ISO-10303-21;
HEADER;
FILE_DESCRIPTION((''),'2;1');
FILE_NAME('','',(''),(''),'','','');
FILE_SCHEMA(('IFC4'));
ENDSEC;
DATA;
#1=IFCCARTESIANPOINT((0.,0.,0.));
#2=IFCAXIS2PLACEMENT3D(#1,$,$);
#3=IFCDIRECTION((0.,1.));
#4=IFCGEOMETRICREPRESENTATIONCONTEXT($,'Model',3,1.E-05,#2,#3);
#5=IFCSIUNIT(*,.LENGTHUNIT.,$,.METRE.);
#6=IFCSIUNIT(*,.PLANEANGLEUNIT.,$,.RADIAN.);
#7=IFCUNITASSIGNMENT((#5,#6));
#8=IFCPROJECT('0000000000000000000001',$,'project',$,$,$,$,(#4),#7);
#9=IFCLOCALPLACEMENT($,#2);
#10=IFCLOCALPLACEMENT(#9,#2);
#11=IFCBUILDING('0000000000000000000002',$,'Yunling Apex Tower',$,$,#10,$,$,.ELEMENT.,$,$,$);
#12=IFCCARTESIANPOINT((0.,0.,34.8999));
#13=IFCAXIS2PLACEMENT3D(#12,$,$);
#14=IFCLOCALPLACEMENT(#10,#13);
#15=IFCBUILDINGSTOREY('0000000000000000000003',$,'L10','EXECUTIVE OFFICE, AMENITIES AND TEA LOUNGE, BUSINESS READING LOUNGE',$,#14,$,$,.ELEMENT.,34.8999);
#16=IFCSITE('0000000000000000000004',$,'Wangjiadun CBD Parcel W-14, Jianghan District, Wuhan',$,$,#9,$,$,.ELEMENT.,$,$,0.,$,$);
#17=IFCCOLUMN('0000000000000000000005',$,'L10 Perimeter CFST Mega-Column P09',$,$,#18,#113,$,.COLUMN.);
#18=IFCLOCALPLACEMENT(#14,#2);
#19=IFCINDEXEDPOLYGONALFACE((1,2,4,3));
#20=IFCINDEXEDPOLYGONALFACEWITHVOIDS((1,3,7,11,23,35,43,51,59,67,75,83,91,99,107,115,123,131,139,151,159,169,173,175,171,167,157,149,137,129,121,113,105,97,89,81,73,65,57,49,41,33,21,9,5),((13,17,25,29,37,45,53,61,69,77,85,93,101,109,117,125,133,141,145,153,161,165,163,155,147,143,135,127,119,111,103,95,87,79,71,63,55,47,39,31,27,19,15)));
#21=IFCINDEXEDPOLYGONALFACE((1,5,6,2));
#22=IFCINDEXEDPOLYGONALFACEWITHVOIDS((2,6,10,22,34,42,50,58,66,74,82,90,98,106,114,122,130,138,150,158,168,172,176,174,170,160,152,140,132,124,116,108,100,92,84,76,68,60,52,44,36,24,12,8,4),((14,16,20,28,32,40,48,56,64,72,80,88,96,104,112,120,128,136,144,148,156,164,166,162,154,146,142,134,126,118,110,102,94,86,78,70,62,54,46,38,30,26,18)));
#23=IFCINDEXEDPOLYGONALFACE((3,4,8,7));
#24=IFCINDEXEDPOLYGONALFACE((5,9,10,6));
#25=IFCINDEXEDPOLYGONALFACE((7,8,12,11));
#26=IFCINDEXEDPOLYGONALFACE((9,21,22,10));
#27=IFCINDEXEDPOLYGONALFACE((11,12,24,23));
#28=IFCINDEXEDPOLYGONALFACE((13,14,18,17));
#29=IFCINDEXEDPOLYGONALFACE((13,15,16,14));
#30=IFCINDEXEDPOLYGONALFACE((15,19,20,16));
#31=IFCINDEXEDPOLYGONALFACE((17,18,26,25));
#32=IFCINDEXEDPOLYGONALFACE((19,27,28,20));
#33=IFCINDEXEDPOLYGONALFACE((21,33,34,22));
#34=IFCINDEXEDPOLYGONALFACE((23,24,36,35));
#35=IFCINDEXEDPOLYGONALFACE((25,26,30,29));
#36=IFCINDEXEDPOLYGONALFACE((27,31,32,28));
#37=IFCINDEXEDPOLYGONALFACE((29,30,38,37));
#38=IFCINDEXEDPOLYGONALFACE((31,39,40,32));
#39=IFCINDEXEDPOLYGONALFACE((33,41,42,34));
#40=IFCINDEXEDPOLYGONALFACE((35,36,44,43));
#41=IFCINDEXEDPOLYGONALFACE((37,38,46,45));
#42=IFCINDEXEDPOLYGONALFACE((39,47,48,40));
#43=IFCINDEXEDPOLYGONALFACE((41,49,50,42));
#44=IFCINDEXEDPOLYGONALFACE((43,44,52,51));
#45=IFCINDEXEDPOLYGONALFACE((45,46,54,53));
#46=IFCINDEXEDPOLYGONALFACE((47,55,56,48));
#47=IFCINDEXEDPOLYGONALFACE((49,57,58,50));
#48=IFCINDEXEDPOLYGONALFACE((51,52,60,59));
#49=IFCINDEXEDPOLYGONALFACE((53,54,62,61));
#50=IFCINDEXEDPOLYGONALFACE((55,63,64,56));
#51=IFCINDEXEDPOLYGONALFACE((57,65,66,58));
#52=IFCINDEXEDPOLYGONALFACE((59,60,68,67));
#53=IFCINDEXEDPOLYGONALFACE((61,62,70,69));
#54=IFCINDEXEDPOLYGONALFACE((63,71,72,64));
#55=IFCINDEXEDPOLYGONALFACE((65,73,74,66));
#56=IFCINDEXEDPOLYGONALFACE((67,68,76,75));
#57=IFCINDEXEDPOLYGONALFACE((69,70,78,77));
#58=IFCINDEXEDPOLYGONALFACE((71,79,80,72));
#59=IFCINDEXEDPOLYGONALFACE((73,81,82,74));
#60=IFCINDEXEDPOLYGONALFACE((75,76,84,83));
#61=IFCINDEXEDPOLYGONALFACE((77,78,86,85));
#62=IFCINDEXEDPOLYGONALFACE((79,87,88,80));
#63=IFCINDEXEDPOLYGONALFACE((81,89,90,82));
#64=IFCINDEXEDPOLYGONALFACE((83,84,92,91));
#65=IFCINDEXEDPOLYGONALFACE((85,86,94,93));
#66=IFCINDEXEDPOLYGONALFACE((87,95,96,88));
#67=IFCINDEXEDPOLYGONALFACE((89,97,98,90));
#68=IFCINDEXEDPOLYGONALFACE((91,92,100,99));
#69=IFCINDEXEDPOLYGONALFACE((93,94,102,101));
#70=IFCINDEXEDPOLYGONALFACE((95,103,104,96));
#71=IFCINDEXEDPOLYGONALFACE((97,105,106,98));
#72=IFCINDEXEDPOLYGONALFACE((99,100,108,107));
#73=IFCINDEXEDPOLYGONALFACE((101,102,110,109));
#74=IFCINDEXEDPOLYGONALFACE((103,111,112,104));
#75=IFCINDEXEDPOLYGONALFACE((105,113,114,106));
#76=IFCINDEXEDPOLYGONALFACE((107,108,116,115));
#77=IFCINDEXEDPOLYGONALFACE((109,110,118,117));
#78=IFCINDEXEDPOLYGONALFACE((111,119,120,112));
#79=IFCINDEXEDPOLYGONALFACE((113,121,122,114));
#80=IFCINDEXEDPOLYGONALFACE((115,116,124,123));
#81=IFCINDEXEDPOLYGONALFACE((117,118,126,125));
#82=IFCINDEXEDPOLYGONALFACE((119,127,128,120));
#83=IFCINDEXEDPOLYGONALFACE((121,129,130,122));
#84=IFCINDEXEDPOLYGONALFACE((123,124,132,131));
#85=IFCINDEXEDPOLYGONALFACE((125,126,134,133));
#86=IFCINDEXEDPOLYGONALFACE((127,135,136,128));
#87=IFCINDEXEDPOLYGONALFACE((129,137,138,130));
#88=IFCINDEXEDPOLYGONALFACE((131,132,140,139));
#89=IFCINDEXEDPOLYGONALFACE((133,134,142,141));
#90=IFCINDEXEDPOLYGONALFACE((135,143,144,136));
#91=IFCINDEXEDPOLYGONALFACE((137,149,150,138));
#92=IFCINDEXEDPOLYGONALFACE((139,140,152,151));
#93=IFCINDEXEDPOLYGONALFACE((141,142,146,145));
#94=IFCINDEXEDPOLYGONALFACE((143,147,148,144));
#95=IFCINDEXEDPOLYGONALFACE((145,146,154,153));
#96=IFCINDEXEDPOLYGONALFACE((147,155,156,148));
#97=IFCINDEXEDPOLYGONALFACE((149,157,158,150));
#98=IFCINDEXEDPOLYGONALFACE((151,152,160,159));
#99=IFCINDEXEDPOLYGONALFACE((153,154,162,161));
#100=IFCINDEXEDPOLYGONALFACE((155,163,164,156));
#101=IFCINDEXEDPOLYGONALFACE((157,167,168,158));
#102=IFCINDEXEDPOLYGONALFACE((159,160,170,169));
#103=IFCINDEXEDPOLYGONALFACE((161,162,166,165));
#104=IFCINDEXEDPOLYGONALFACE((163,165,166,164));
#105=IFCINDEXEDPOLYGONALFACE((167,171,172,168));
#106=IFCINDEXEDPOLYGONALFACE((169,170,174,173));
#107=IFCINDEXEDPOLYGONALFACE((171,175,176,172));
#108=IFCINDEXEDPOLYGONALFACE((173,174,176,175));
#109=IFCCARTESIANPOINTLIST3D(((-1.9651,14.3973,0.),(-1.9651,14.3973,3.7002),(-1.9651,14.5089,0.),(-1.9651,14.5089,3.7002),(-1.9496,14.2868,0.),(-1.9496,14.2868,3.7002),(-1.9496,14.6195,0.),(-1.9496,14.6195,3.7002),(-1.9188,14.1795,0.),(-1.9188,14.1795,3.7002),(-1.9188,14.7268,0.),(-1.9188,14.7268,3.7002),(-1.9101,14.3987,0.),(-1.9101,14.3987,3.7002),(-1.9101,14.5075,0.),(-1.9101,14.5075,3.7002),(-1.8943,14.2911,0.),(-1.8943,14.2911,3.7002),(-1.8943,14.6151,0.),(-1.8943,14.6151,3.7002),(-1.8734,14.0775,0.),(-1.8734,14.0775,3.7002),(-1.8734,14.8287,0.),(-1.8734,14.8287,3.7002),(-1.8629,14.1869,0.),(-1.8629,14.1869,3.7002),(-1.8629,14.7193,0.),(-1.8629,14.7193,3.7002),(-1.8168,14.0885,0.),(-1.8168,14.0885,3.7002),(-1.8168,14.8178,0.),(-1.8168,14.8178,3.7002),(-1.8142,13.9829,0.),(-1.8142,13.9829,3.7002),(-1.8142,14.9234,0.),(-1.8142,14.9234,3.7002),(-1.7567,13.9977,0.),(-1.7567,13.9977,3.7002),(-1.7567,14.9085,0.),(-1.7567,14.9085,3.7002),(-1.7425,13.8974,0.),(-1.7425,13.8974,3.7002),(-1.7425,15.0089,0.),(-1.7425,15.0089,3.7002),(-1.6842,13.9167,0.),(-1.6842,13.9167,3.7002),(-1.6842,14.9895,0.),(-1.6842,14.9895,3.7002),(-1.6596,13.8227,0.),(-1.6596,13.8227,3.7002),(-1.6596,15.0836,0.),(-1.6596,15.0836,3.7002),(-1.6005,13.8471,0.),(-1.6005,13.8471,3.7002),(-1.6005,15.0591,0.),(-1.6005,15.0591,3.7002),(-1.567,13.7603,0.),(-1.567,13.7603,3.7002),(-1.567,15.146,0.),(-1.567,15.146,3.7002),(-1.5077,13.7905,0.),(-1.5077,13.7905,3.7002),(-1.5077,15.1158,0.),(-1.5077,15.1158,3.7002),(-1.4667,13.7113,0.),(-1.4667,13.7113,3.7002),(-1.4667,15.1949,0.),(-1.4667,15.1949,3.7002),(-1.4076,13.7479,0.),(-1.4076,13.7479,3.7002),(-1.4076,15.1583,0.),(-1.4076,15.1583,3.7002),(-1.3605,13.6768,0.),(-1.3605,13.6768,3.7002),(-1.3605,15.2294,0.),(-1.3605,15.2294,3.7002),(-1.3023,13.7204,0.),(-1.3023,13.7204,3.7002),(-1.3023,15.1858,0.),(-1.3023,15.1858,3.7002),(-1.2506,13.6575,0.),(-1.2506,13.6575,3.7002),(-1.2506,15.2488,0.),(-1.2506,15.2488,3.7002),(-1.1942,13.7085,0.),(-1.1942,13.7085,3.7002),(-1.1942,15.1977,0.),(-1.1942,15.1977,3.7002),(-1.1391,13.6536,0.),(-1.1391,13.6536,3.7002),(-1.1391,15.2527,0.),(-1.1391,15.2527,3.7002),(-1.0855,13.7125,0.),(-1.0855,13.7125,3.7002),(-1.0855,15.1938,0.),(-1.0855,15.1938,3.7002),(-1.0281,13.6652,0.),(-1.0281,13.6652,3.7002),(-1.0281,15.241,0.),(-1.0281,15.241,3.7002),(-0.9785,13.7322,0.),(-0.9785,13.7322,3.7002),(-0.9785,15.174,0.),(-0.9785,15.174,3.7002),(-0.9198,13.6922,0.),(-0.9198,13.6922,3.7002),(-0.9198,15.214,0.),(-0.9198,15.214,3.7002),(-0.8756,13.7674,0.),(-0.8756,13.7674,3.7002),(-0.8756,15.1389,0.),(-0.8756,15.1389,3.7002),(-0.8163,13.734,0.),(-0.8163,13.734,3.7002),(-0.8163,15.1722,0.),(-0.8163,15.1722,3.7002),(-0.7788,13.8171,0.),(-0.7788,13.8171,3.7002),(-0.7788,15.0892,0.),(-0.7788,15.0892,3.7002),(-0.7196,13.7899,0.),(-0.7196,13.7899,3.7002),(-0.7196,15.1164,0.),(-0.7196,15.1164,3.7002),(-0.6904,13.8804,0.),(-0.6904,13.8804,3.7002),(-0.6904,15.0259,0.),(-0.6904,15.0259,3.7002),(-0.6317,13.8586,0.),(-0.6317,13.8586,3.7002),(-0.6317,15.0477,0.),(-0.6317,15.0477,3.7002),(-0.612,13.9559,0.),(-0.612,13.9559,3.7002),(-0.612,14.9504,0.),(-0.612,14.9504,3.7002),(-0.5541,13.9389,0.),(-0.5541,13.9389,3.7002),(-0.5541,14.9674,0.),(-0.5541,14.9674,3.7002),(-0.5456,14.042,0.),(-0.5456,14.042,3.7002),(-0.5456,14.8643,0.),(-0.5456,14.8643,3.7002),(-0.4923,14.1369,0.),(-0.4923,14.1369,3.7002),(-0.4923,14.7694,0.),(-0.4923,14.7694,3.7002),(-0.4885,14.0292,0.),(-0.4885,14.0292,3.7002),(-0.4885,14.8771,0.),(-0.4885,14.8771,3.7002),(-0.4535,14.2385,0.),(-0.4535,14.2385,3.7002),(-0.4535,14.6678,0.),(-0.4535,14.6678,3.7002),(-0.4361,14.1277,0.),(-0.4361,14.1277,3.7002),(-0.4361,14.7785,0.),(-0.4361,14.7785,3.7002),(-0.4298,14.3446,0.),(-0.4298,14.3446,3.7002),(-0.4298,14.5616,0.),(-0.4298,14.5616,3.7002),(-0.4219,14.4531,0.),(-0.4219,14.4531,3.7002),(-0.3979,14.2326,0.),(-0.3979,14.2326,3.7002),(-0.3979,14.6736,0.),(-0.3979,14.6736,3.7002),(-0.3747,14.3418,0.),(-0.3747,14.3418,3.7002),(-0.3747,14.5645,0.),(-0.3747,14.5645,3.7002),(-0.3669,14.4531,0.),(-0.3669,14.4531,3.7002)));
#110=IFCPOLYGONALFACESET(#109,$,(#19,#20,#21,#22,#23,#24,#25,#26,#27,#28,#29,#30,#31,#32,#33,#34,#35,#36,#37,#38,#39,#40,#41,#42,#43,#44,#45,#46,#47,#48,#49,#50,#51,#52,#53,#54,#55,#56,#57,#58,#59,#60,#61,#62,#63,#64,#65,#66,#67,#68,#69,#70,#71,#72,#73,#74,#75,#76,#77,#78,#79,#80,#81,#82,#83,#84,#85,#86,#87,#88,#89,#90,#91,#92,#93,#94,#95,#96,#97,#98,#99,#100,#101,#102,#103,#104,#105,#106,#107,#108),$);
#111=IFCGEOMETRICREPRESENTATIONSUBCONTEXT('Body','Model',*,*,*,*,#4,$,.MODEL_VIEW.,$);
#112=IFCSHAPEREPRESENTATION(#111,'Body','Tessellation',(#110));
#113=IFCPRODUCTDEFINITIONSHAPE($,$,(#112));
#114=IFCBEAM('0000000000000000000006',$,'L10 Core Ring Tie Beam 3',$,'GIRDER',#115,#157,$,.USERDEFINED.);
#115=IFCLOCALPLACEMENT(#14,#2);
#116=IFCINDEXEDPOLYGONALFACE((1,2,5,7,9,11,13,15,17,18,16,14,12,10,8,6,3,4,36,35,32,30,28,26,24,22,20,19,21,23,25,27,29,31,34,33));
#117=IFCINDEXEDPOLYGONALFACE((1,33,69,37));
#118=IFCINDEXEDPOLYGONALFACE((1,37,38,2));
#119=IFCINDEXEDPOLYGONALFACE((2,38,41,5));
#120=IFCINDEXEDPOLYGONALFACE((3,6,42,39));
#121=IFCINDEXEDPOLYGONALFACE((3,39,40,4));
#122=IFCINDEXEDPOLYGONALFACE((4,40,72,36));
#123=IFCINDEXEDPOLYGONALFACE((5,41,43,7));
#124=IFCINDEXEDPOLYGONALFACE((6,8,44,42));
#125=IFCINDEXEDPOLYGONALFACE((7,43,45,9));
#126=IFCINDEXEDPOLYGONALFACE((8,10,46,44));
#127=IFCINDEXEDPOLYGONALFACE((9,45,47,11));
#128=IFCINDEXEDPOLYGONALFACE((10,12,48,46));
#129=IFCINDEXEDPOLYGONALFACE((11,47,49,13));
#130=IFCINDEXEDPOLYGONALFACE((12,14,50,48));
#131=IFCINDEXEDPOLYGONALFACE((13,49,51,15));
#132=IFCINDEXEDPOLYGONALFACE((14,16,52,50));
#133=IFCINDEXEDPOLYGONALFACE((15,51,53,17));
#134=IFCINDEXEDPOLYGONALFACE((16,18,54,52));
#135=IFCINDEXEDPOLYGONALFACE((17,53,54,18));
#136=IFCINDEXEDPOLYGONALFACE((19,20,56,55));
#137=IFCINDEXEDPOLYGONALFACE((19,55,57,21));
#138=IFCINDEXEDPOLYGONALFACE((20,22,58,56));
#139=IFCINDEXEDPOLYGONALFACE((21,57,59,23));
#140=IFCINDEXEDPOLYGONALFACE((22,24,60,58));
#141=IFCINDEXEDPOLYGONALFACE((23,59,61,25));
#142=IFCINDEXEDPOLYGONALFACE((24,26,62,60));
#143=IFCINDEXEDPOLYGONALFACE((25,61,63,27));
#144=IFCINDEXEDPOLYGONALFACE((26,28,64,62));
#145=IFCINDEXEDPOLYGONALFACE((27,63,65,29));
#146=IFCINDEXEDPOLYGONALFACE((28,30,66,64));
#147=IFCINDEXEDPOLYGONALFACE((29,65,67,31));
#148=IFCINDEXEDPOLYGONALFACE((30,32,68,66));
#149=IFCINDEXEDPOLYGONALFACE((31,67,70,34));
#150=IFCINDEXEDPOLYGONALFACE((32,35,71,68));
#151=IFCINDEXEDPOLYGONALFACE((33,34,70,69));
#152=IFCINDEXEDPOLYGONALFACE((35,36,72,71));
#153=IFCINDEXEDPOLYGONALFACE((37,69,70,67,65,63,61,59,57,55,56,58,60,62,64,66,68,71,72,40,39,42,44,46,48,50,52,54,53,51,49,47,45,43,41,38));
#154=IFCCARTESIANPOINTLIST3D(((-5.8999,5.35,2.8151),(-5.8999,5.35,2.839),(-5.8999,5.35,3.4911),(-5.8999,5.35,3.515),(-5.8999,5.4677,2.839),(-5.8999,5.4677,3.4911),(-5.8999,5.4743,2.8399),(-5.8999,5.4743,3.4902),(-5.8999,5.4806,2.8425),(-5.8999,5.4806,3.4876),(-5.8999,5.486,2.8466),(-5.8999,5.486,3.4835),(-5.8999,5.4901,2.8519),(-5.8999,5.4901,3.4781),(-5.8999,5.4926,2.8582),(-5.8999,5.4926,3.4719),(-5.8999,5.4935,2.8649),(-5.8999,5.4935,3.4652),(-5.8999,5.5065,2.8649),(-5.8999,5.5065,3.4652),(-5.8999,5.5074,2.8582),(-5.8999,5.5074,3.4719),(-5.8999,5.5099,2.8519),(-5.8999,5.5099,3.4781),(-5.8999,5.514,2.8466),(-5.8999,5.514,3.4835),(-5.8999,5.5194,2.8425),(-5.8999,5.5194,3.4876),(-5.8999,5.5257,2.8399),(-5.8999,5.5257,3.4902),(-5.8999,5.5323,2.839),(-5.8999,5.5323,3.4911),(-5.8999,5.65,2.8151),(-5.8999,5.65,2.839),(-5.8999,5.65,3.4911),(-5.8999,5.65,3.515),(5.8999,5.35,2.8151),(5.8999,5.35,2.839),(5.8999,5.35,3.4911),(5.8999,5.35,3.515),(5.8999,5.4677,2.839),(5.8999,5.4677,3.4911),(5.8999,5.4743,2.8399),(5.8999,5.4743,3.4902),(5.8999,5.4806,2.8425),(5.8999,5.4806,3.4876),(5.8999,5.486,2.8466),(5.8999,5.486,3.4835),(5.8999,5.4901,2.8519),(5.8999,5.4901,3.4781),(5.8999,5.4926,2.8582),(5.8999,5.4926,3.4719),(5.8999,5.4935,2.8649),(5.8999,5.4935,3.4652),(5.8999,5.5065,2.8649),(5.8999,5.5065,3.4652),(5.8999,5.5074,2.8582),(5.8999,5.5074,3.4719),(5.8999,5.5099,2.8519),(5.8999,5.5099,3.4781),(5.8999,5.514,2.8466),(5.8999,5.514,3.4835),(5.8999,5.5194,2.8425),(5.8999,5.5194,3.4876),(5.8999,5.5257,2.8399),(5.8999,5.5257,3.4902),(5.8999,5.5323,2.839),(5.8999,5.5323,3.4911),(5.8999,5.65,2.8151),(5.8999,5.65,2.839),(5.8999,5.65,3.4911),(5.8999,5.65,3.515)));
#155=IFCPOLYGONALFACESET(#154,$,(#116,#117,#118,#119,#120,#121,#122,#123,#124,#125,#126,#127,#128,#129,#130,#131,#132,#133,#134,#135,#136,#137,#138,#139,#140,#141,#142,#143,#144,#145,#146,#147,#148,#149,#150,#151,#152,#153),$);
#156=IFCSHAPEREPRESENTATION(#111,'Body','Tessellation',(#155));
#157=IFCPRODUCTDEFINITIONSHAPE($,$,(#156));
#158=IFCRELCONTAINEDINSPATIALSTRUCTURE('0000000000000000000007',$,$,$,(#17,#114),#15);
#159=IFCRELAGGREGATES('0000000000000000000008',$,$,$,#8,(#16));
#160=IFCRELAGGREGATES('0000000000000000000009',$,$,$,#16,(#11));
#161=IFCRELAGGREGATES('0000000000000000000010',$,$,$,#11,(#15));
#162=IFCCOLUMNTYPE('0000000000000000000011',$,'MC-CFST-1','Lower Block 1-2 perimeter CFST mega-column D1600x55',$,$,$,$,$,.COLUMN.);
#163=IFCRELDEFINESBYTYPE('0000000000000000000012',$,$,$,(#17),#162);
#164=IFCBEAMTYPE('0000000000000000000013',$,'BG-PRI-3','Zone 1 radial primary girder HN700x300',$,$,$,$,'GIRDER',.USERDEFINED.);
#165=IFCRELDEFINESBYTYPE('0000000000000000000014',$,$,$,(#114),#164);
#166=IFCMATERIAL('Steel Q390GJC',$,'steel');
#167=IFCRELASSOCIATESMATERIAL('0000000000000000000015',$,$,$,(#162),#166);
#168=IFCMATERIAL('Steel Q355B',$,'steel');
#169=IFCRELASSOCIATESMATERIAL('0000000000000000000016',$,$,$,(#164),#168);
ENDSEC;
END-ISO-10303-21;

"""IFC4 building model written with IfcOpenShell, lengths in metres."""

from ifc_helpers import new_model, si_unit, direction, frame, origin, origin_2d, place, context, subcontext, project, spatial, hollow_circle, i_section, extrude, source, transform, mapped, material, material_profile, profile_set, type_object, element, save


model = new_model("IFC4")

# Units and contexts
model_context = context("Model", 3, precision=1e-05, world=origin(), true_north=direction((0.0, 1.0)))
body_context = subcontext(model_context, "Body", "Model", "MODEL_VIEW")
ifc_project = project(units=[si_unit("LENGTHUNIT", "METRE"), si_unit("PLANEANGLEUNIT", "RADIAN")], contexts=[model_context])

# Site, building, storey
site_placement = place(None, origin())
site = spatial("IfcSite", under=ifc_project, at=site_placement, Name="Wangjiadun CBD Parcel W-14, Jianghan District, Wuhan", CompositionType="ELEMENT", RefElevation=0.0)
building_placement = place(site_placement, origin())
building = spatial("IfcBuilding", under=site, at=building_placement, Name="Yunling Apex Tower", CompositionType="ELEMENT")
storey_placement = place(building_placement, frame((0.0, 0.0, 34.8999)))
storey = spatial("IfcBuildingStorey", under=building, at=storey_placement, Name="L10", Description="EXECUTIVE OFFICE, AMENITIES AND TEA LOUNGE, BUSINESS READING LOUNGE", CompositionType="ELEMENT", Elevation=34.8999)

# Column
ifc_material_1 = material(Name="Steel Q390GJC", Category="steel")
ifc_material_profile_1 = material_profile(ifc_material_1, hollow_circle(Radius=0.8, WallThickness=0.0549, at=origin_2d()))
ifc_profile_set_1 = profile_set([ifc_material_profile_1], Name="Steel Q390GJC")
column_type_1 = type_object("IfcColumnType", Name="MC-CFST-1", Description="Lower Block 1-2 perimeter CFST mega-column D1600x55", PredefinedType="COLUMN", material=ifc_profile_set_1)
shared_shape_1 = source(origin(), body_context, "Body", "SweptSolid", [
    extrude(hollow_circle(Radius=0.8, WallThickness=0.0549, at=origin_2d()), origin(), (0.0, 0.0, 1.0), 3.7002),
])
for number, where, z_axis, x_axis, name in (
    (1, (-1.167, 14.4531, 0.0), (0.0, 0.0, 1.0), (1.0, 0.0, 0.0), "L10 Perimeter CFST Mega-Column P09"),
):
    element("IfcColumn", number, at=place(storey_placement, frame(where, z_axis=z_axis, x_axis=x_axis)), inside=storey, type_object=column_type_1, Name=name, PredefinedType="COLUMN", context=body_context, shape_type="MappedRepresentation", body=[
        mapped(shared_shape_1, transform((0.0, 0.0, 0.0), scale=1.0)),
    ])

# Beam
ifc_material_2 = material(Name="Steel Q355B", Category="steel")
ifc_material_profile_2 = material_profile(ifc_material_2, i_section(OverallWidth=0.3, OverallDepth=0.7, WebThickness=0.0129, FlangeThickness=0.0239, FilletRadius=0.0259, at=origin_2d()))
ifc_profile_set_2 = profile_set([ifc_material_profile_2], Name="Steel Q355B")
beam_type_1 = type_object("IfcBeamType", Name="BG-PRI-3", Description="Zone 1 radial primary girder HN700x300", ElementType="GIRDER", PredefinedType="USERDEFINED", material=ifc_profile_set_2)
shared_shape_2 = source(origin(), body_context, "Body", "SweptSolid", [
    extrude(i_section(OverallWidth=0.3, OverallDepth=0.7, WebThickness=0.0129, FlangeThickness=0.0239, FilletRadius=0.0259, at=origin_2d()), origin(), (0.0, 0.0, 1.0), 11.7998),
])
beam_1_placement = place(storey_placement, frame((5.8999, 5.5, 3.165), z_axis=(-1.0, 0.0, 0.0), x_axis=(0.0, -1.0, 0.0)))
element("IfcBeam", 2, at=beam_1_placement, inside=storey, type_object=beam_type_1, Name="L10 Core Ring Tie Beam 3", ObjectType="GIRDER", PredefinedType="USERDEFINED", context=body_context, shape_type="MappedRepresentation", body=[
    mapped(shared_shape_2, transform((0.0, 0.0, 0.0), scale=1.0)),
])

save(model, "model.ifc")
